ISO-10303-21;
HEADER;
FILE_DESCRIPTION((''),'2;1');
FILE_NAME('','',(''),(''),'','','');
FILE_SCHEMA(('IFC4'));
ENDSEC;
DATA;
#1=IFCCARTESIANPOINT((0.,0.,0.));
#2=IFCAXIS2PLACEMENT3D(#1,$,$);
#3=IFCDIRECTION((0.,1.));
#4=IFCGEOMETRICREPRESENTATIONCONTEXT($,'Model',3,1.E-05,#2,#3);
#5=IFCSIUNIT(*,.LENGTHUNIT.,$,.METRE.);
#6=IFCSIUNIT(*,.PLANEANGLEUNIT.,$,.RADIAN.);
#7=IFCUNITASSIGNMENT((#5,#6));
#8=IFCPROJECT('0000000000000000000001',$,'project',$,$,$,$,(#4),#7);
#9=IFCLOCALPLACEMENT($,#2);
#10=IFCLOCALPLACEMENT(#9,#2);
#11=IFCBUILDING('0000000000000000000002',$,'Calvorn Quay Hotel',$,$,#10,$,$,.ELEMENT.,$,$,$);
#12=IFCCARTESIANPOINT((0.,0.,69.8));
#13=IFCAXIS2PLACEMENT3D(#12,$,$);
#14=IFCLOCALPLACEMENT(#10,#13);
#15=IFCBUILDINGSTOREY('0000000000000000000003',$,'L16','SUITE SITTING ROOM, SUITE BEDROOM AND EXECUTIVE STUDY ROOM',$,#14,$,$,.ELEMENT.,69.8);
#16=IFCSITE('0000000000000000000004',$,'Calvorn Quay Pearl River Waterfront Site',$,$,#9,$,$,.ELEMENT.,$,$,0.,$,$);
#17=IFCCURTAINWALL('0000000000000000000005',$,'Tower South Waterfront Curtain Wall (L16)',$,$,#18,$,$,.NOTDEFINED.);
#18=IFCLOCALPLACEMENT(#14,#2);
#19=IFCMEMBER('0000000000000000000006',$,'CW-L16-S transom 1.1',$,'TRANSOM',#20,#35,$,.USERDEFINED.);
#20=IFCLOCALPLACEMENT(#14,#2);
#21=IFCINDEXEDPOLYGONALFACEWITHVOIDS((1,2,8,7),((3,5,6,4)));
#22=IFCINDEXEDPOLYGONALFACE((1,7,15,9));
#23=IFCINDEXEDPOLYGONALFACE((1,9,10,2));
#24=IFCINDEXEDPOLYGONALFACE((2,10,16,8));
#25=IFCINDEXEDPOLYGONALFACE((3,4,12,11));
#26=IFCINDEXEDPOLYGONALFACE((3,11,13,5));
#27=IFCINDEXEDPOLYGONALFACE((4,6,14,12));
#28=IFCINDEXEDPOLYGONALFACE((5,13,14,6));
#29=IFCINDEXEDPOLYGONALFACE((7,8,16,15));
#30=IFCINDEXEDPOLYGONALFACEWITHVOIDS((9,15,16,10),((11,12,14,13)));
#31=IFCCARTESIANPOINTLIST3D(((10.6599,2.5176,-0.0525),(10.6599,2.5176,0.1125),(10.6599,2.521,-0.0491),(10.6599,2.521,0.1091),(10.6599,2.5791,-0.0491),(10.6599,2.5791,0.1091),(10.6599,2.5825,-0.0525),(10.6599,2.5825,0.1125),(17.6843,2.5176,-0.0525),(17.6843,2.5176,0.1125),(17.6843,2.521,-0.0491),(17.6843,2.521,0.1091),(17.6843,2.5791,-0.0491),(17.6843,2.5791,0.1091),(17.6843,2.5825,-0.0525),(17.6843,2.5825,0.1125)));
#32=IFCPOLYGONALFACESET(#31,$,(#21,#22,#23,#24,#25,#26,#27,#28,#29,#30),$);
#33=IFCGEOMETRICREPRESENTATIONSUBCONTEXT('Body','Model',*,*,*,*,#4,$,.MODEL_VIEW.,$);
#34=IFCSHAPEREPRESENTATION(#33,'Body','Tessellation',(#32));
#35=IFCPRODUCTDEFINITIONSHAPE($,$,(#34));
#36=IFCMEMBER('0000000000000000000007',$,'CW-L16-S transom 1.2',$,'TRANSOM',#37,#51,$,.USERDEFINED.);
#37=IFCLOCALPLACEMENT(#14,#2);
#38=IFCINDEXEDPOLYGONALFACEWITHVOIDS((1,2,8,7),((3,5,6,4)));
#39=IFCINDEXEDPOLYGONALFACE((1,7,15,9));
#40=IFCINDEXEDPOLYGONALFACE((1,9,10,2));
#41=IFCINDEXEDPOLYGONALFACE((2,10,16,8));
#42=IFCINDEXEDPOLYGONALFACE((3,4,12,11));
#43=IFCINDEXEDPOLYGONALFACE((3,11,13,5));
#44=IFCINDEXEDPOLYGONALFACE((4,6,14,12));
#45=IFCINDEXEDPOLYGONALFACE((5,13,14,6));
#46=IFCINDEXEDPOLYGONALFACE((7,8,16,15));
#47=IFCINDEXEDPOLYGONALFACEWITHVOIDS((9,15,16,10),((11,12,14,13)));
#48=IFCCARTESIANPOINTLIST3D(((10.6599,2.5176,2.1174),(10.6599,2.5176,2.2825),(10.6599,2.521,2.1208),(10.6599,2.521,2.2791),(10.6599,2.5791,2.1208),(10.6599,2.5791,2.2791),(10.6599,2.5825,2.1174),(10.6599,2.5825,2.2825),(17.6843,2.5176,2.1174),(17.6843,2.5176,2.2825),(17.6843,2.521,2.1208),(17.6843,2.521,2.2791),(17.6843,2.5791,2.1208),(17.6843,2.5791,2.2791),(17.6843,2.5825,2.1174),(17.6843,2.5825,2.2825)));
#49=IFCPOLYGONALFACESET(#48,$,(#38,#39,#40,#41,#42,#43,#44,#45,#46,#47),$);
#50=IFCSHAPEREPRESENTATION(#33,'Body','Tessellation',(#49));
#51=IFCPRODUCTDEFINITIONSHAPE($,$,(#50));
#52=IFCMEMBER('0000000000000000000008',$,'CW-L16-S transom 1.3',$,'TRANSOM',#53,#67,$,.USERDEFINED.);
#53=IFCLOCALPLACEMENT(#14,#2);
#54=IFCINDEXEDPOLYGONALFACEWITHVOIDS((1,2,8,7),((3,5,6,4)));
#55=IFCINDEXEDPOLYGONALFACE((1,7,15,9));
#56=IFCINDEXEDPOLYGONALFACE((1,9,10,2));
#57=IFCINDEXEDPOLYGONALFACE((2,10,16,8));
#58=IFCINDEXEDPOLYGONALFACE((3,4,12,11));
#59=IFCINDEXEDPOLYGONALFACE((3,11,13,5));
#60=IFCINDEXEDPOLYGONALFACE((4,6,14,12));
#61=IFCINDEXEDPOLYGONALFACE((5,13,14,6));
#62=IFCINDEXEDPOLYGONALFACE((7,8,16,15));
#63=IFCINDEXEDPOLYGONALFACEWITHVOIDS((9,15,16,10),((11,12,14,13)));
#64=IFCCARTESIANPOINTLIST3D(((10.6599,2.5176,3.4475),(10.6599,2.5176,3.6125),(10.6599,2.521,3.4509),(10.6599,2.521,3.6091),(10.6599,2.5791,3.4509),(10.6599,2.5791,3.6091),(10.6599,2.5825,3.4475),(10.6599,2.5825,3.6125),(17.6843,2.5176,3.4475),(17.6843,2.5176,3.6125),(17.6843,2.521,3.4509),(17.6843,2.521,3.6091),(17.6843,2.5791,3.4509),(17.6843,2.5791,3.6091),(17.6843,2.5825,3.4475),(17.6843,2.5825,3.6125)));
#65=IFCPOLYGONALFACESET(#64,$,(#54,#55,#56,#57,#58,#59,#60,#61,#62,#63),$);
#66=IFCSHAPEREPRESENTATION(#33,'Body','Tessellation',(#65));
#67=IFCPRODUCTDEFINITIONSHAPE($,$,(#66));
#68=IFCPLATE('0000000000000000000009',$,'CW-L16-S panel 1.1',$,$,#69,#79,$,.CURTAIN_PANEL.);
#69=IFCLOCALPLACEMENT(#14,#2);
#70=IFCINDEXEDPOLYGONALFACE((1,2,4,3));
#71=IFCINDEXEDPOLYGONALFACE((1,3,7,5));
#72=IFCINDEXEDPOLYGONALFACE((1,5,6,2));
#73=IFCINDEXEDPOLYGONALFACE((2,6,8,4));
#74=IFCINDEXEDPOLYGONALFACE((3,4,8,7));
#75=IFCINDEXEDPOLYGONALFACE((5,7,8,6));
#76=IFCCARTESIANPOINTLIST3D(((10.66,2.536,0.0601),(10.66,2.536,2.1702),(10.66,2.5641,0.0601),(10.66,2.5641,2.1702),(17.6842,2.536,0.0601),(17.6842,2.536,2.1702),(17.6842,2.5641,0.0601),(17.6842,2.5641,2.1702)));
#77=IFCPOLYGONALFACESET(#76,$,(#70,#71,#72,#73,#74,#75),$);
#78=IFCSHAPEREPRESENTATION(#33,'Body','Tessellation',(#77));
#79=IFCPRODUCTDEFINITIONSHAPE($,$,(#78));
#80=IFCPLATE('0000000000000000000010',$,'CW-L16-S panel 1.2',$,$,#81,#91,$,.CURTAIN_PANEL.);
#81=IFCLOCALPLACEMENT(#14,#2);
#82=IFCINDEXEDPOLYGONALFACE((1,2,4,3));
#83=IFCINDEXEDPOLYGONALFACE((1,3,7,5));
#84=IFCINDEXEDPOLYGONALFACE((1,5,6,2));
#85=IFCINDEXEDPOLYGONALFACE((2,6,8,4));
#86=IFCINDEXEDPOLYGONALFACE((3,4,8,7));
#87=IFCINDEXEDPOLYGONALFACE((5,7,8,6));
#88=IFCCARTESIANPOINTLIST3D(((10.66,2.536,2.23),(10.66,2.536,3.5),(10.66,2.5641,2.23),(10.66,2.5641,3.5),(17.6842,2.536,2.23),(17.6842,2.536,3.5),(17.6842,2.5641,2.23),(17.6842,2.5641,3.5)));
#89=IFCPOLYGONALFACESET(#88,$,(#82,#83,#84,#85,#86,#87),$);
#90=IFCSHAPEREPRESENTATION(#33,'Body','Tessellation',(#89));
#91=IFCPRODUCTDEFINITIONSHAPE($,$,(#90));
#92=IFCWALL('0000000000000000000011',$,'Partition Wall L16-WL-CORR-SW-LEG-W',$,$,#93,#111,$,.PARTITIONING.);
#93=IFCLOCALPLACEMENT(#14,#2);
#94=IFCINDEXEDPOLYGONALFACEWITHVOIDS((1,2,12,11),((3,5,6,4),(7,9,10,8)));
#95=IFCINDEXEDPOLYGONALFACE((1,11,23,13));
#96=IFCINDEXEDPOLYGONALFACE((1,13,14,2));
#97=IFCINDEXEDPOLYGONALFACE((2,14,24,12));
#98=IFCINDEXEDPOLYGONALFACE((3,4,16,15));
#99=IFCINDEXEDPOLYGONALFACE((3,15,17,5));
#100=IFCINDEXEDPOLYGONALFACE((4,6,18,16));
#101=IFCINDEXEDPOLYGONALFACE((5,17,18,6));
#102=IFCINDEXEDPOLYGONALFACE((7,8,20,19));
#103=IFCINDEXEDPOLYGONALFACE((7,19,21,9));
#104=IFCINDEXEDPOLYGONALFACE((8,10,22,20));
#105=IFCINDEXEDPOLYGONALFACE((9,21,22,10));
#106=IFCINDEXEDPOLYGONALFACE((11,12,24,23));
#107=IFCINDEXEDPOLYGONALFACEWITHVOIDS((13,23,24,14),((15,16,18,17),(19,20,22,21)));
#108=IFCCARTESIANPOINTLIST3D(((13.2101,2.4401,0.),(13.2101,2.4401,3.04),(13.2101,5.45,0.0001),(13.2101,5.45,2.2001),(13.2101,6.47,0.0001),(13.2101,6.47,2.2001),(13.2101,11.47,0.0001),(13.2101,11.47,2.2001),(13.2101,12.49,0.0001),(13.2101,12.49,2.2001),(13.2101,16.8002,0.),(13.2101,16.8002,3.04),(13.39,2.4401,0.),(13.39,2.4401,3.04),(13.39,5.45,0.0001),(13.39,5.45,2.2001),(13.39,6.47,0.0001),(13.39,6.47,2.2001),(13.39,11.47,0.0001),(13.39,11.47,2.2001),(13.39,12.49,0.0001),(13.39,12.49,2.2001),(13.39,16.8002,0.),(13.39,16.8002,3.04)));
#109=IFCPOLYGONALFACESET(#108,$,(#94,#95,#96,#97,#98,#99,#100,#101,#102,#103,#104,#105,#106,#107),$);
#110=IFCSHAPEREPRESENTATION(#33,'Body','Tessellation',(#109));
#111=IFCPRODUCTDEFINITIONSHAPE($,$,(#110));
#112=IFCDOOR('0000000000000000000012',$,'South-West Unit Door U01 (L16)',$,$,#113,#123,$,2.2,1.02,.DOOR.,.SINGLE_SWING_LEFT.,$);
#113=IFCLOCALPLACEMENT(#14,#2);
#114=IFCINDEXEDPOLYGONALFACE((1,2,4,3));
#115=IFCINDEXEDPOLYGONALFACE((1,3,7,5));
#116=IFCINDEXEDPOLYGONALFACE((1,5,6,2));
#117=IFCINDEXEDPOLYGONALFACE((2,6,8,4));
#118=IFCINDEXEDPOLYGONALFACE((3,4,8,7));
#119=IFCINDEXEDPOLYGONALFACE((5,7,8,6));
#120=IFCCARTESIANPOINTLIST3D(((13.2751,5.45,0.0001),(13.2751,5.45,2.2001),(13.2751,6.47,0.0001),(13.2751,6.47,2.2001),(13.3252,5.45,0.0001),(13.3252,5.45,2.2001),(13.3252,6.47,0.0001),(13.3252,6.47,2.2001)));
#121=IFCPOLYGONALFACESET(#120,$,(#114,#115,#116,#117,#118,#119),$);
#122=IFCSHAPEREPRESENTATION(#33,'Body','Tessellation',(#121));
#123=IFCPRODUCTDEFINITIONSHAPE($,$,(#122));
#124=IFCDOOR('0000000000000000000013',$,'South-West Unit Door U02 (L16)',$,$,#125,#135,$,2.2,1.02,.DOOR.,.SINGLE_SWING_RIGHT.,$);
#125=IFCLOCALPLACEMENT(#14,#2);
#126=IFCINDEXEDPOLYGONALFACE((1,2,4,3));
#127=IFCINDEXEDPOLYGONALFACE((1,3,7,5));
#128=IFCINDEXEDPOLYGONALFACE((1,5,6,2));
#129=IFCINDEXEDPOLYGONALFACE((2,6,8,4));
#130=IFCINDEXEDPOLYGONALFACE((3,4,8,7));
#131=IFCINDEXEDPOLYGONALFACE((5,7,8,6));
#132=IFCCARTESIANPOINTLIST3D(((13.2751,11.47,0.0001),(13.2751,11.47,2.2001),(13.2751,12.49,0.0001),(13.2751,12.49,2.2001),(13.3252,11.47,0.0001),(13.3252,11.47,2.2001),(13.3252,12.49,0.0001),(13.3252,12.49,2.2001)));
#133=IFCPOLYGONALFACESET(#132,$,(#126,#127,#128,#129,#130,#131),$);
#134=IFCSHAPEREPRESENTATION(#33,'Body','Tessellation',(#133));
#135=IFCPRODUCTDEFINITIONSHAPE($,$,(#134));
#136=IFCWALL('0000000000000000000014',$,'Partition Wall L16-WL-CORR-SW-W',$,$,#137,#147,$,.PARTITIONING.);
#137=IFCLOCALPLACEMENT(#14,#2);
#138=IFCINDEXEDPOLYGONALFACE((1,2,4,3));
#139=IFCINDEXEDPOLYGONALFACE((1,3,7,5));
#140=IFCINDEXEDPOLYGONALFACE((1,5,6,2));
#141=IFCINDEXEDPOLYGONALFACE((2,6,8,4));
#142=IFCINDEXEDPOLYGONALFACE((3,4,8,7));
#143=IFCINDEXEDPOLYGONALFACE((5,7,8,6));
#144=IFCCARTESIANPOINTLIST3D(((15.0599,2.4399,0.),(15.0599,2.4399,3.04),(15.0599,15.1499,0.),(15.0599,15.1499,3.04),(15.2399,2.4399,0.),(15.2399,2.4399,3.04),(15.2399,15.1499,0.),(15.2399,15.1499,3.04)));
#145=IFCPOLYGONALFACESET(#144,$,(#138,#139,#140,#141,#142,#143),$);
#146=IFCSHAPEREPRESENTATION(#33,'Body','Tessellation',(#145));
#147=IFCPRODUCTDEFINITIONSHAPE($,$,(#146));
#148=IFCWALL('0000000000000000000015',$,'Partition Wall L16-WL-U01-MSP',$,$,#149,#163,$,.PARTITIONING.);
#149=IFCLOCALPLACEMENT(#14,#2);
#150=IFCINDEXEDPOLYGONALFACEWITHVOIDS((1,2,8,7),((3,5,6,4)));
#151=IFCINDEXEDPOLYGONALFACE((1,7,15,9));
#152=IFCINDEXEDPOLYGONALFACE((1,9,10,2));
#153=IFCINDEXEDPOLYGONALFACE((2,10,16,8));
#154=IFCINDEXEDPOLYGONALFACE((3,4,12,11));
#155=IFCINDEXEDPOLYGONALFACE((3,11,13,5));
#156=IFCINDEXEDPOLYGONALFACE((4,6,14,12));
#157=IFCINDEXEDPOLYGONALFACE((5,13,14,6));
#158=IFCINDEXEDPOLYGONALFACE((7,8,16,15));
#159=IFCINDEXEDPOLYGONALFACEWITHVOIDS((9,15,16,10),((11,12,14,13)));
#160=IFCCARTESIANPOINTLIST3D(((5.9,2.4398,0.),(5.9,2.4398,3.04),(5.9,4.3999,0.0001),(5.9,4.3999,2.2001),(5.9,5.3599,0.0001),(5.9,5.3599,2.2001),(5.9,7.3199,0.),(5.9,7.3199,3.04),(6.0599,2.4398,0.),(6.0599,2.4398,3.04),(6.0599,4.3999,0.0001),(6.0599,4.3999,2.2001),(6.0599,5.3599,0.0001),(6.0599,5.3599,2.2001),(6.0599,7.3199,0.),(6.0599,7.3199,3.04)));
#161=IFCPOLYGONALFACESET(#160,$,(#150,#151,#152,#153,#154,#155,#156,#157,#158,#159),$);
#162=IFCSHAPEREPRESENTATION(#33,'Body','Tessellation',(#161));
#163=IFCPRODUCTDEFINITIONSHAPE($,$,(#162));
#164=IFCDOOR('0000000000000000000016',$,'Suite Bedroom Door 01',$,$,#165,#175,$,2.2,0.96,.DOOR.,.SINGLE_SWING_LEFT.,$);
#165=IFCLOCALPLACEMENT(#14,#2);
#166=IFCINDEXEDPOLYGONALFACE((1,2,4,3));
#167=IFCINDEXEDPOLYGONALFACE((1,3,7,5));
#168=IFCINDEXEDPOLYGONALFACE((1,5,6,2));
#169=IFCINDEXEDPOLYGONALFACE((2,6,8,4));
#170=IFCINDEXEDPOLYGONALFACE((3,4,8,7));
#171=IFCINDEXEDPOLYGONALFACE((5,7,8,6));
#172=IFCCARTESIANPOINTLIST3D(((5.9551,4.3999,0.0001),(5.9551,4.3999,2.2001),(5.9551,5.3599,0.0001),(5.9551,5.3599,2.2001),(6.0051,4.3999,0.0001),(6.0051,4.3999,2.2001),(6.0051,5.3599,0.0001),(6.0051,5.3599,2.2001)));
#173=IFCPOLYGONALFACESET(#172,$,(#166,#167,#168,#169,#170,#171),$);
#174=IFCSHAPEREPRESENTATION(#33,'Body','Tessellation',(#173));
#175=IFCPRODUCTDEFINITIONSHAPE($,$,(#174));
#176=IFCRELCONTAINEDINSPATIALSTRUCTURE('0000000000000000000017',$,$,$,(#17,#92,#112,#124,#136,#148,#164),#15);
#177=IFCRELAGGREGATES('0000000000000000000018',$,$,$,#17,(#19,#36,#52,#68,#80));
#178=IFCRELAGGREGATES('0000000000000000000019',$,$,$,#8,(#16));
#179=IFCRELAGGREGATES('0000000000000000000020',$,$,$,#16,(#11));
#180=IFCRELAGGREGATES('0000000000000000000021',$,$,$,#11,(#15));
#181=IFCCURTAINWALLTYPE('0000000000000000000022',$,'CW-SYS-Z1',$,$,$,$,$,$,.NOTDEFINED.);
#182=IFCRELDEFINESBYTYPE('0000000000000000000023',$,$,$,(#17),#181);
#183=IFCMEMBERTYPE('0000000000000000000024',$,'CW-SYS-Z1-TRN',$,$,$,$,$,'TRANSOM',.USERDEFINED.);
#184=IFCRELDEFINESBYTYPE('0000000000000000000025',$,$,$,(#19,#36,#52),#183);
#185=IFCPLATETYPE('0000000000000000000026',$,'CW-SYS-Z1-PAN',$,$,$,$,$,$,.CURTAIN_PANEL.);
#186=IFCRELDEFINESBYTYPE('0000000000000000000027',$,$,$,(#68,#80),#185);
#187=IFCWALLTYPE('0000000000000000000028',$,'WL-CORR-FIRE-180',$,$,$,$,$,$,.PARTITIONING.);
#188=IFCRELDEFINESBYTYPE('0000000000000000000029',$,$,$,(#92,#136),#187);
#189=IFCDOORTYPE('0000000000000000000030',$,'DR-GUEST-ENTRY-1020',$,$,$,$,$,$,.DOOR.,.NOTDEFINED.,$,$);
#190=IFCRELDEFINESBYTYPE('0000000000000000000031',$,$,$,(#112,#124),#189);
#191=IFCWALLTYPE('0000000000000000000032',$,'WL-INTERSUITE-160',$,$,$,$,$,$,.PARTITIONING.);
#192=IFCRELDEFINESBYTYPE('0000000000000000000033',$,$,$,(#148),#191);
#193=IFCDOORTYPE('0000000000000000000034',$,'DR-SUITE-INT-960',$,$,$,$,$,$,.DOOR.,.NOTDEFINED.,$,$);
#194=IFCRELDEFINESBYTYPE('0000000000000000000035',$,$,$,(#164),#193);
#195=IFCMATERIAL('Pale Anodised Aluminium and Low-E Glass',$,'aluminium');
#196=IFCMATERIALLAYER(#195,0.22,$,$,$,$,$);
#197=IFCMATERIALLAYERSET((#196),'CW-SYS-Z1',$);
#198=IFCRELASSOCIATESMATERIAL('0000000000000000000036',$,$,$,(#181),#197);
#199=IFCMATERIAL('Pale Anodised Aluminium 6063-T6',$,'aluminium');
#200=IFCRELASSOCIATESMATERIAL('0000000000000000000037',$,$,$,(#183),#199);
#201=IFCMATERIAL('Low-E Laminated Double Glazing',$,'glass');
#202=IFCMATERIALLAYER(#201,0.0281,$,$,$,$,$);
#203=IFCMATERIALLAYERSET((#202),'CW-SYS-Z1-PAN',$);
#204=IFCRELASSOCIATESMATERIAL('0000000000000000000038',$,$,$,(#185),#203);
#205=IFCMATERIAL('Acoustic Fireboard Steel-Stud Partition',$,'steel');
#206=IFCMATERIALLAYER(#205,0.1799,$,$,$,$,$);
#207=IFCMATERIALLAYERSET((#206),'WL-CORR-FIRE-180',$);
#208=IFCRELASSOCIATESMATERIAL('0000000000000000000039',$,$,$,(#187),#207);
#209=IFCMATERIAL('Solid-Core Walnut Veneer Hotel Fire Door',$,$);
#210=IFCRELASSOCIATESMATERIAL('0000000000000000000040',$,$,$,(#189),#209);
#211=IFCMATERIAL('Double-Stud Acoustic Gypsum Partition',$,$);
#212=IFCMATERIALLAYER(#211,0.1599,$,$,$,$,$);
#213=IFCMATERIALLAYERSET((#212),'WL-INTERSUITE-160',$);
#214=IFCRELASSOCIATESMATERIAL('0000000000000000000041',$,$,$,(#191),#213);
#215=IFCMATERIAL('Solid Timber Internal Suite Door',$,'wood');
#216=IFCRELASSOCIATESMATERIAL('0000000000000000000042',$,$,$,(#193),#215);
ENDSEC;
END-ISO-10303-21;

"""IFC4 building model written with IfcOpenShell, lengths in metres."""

from ifc_helpers import new_model, si_unit, direction, frame, frame_2d, origin, origin_2d, place, context, subcontext, project, spatial, rectangle, hollow_rectangle, extrude, material, layer, layer_set, material_profile, profile_set, type_object, element, fill, aggregate, save


model = new_model("IFC4")

# Units and contexts
model_context = context("Model", 3, precision=1e-05, world=origin(), true_north=direction((0.0, 1.0)))
body_context = subcontext(model_context, "Body", "Model", "MODEL_VIEW")
ifc_project = project(units=[si_unit("LENGTHUNIT", "METRE"), si_unit("PLANEANGLEUNIT", "RADIAN")], contexts=[model_context])

# Site, building, storey
site_placement = place(None, origin())
site = spatial("IfcSite", under=ifc_project, at=site_placement, Name="Calvorn Quay Pearl River Waterfront Site", CompositionType="ELEMENT", RefElevation=0.0)
building_placement = place(site_placement, origin())
building = spatial("IfcBuilding", under=site, at=building_placement, Name="Calvorn Quay Hotel", CompositionType="ELEMENT")
storey_placement = place(building_placement, frame((0.0, 0.0, 69.8)))
storey = spatial("IfcBuildingStorey", under=building, at=storey_placement, Name="L16", Description="SUITE SITTING ROOM, SUITE BEDROOM AND EXECUTIVE STUDY ROOM", CompositionType="ELEMENT", Elevation=69.8)

# Curtain wall, members, plates
ifc_material_1 = material(Name="Pale Anodised Aluminium and Low-E Glass", Category="aluminium")
ifc_layer_1 = layer(ifc_material_1, 0.22)
ifc_layer_set_1 = layer_set([ifc_layer_1], Name="CW-SYS-Z1")
curtain_wall_type = type_object("IfcCurtainWallType", Name="CW-SYS-Z1", PredefinedType="NOTDEFINED", material=ifc_layer_set_1)
curtain_wall_placement = place(storey_placement, origin())
curtain_wall = element("IfcCurtainWall", 1, at=curtain_wall_placement, inside=storey, type_object=curtain_wall_type, Name="Tower South Waterfront Curtain Wall (L16)", PredefinedType="NOTDEFINED")
ifc_material_2 = material(Name="Pale Anodised Aluminium 6063-T6", Category="aluminium")
ifc_material_profile_1 = material_profile(ifc_material_2, hollow_rectangle(XDim=0.0649, YDim=0.165, WallThickness=0.0034, at=origin_2d()), Name="ALU-T165x65x3.5")
ifc_profile_set_1 = profile_set([ifc_material_profile_1], Name="Pale Anodised Aluminium 6063-T6")
member_type_1 = type_object("IfcMemberType", Name="CW-SYS-Z1-TRN", ElementType="TRANSOM", PredefinedType="USERDEFINED", material=ifc_profile_set_1)
member_1_placement = place(storey_placement, frame((10.6599, 2.55, 0.03), z_axis=(1.0, 0.0, 0.0), x_axis=(0.0, 1.0, 0.0)))
member_1 = element("IfcMember", 2, at=member_1_placement, type_object=member_type_1, Name="CW-L16-S transom 1.1", ObjectType="TRANSOM", PredefinedType="USERDEFINED", context=body_context, shape_type="SweptSolid", body=[
    extrude(hollow_rectangle(XDim=0.0649, YDim=0.165, WallThickness=0.0034, at=origin_2d()), origin(), (0.0, 0.0, 1.0), 7.0244),
])
member_2_placement = place(storey_placement, frame((10.6599, 2.55, 2.2), z_axis=(1.0, 0.0, 0.0), x_axis=(0.0, 1.0, 0.0)))
member_2 = element("IfcMember", 3, at=member_2_placement, type_object=member_type_1, Name="CW-L16-S transom 1.2", ObjectType="TRANSOM", PredefinedType="USERDEFINED", context=body_context, shape_type="SweptSolid", body=[
    extrude(hollow_rectangle(XDim=0.0649, YDim=0.165, WallThickness=0.0034, at=origin_2d()), origin(), (0.0, 0.0, 1.0), 7.0244),
])
member_3_placement = place(storey_placement, frame((10.6599, 2.55, 3.53), z_axis=(1.0, 0.0, 0.0), x_axis=(0.0, 1.0, 0.0)))
member_3 = element("IfcMember", 4, at=member_3_placement, type_object=member_type_1, Name="CW-L16-S transom 1.3", ObjectType="TRANSOM", PredefinedType="USERDEFINED", context=body_context, shape_type="SweptSolid", body=[
    extrude(hollow_rectangle(XDim=0.0649, YDim=0.165, WallThickness=0.0034, at=origin_2d()), origin(), (0.0, 0.0, 1.0), 7.0244),
])
ifc_material_3 = material(Name="Low-E Laminated Double Glazing", Category="glass")
ifc_layer_2 = layer(ifc_material_3, 0.0281)
ifc_layer_set_2 = layer_set([ifc_layer_2], Name="CW-SYS-Z1-PAN")
plate_type = type_object("IfcPlateType", Name="CW-SYS-Z1-PAN", PredefinedType="CURTAIN_PANEL", material=ifc_layer_set_2)
plate_1_placement = place(storey_placement, frame((14.1721, 2.55, 0.0601), z_axis=(0.0, 0.0, 1.0), x_axis=(1.0, 0.0, 0.0)))
plate_1 = element("IfcPlate", 5, at=plate_1_placement, type_object=plate_type, Name="CW-L16-S panel 1.1", PredefinedType="CURTAIN_PANEL", context=body_context, shape_type="SweptSolid", body=[
    extrude(rectangle(XDim=7.0242, YDim=0.0281, at=origin_2d()), origin(), (0.0, 0.0, 1.0), 2.1101),
])
plate_2_placement = place(storey_placement, frame((14.1721, 2.55, 2.23), z_axis=(0.0, 0.0, 1.0), x_axis=(1.0, 0.0, 0.0)))
plate_2 = element("IfcPlate", 6, at=plate_2_placement, type_object=plate_type, Name="CW-L16-S panel 1.2", PredefinedType="CURTAIN_PANEL", context=body_context, shape_type="SweptSolid", body=[
    extrude(rectangle(XDim=7.0242, YDim=0.0281, at=origin_2d()), origin(), (0.0, 0.0, 1.0), 1.27),
])
aggregate(curtain_wall, [member_1, member_2, member_3, plate_1, plate_2])

# Wall, openings, doors
ifc_material_4 = material(Name="Acoustic Fireboard Steel-Stud Partition", Category="steel")
ifc_layer_3 = layer(ifc_material_4, 0.1799)
ifc_layer_set_3 = layer_set([ifc_layer_3], Name="WL-CORR-FIRE-180")
wall_type_1 = type_object("IfcWallType", Name="WL-CORR-FIRE-180", PredefinedType="PARTITIONING", material=ifc_layer_set_3)
wall_1_placement = place(storey_placement, frame((13.3, 2.4399, 0.0), z_axis=(0.0, 0.0, 1.0), x_axis=(0.0, 1.0, 0.0)))
wall_1 = element("IfcWall", 7, at=wall_1_placement, inside=storey, type_object=wall_type_1, Name="Partition Wall L16-WL-CORR-SW-LEG-W", PredefinedType="PARTITIONING", context=body_context, shape_type="SweptSolid", body=[
    extrude(rectangle(XDim=14.3601, YDim=0.1799, at=frame_2d((7.1802, 0.0))), origin(), (0.0, 0.0, 1.0), 3.04),
])
opening_1_placement = place(wall_1_placement, frame((3.01, 0.0, 0.0)))
opening_1 = element("IfcOpeningElement", 8, at=opening_1_placement, cuts=wall_1, PredefinedType="OPENING", context=body_context, shape_type="SweptSolid", body=[
    extrude(rectangle(XDim=1.02, YDim=2.2, at=frame_2d((0.51, 1.1001))), frame((0.0, 0.0999, 0.0), z_axis=(0.0, -1.0, 0.0), x_axis=(1.0, 0.0, 0.0)), (0.0, 0.0, 1.0), 0.2),
])
opening_2_placement = place(wall_1_placement, frame((9.03, 0.0, 0.0)))
opening_2 = element("IfcOpeningElement", 9, at=opening_2_placement, cuts=wall_1, PredefinedType="OPENING", context=body_context, shape_type="SweptSolid", body=[
    extrude(rectangle(XDim=1.02, YDim=2.2, at=frame_2d((0.51, 1.1001))), frame((0.0, 0.0999, 0.0), z_axis=(0.0, -1.0, 0.0), x_axis=(1.0, 0.0, 0.0)), (0.0, 0.0, 1.0), 0.2),
])
ifc_material_5 = material(Name="Solid-Core Walnut Veneer Hotel Fire Door")
door_type_1 = type_object("IfcDoorType", Name="DR-GUEST-ENTRY-1020", OperationType="NOTDEFINED", PredefinedType="DOOR", material=ifc_material_5)
door_1_placement = place(opening_1_placement, origin())
door_1 = element("IfcDoor", 10, at=door_1_placement, inside=storey, type_object=door_type_1, Name="South-West Unit Door U01 (L16)", OperationType="SINGLE_SWING_LEFT", OverallHeight=2.2, OverallWidth=1.02, PredefinedType="DOOR", context=body_context, shape_type="SweptSolid", body=[
    extrude(rectangle(XDim=1.02, YDim=2.2, at=frame_2d((0.51, 1.1001))), frame((0.0, 0.0249, 0.0), z_axis=(0.0, -1.0, 0.0), x_axis=(1.0, 0.0, 0.0)), (0.0, 0.0, 1.0), 0.05),
])
fill(opening_1, door_1)
door_2_placement = place(opening_2_placement, origin())
door_2 = element("IfcDoor", 11, at=door_2_placement, inside=storey, type_object=door_type_1, Name="South-West Unit Door U02 (L16)", OperationType="SINGLE_SWING_RIGHT", OverallHeight=2.2, OverallWidth=1.02, PredefinedType="DOOR", context=body_context, shape_type="SweptSolid", body=[
    extrude(rectangle(XDim=1.02, YDim=2.2, at=frame_2d((0.51, 1.1001))), frame((0.0, 0.0249, 0.0), z_axis=(0.0, -1.0, 0.0), x_axis=(1.0, 0.0, 0.0)), (0.0, 0.0, 1.0), 0.05),
])
fill(opening_2, door_2)

# Wall
wall_2_placement = place(storey_placement, frame((15.1499, 2.4399, 0.0), z_axis=(0.0, 0.0, 1.0), x_axis=(0.0, 1.0, 0.0)))
element("IfcWall", 12, at=wall_2_placement, inside=storey, type_object=wall_type_1, Name="Partition Wall L16-WL-CORR-SW-W", PredefinedType="PARTITIONING", context=body_context, shape_type="SweptSolid", body=[
    extrude(rectangle(XDim=12.71, YDim=0.1799, at=frame_2d((6.355, 0.0))), origin(), (0.0, 0.0, 1.0), 3.04),
])

# Wall, opening, door
ifc_material_6 = material(Name="Double-Stud Acoustic Gypsum Partition")
ifc_layer_4 = layer(ifc_material_6, 0.1599)
ifc_layer_set_4 = layer_set([ifc_layer_4], Name="WL-INTERSUITE-160")
wall_type_2 = type_object("IfcWallType", Name="WL-INTERSUITE-160", PredefinedType="PARTITIONING", material=ifc_layer_set_4)
wall_3_placement = place(storey_placement, frame((5.98, 2.4399, 0.0), z_axis=(0.0, 0.0, 1.0), x_axis=(0.0, 1.0, 0.0)))
wall_3 = element("IfcWall", 13, at=wall_3_placement, inside=storey, type_object=wall_type_2, Name="Partition Wall L16-WL-U01-MSP", PredefinedType="PARTITIONING", context=body_context, shape_type="SweptSolid", body=[
    extrude(rectangle(XDim=4.8801, YDim=0.1599, at=frame_2d((2.4399, 0.0))), origin(), (0.0, 0.0, 1.0), 3.04),
])
opening_3_placement = place(wall_3_placement, frame((1.96, 0.0, 0.0)))
opening_3 = element("IfcOpeningElement", 14, at=opening_3_placement, cuts=wall_3, PredefinedType="OPENING", context=body_context, shape_type="SweptSolid", body=[
    extrude(rectangle(XDim=0.96, YDim=2.2, at=frame_2d((0.48, 1.1001))), frame((0.0, 0.0898, 0.0), z_axis=(0.0, -1.0, 0.0), x_axis=(1.0, 0.0, 0.0)), (0.0, 0.0, 1.0), 0.1799),
])
ifc_material_7 = material(Name="Solid Timber Internal Suite Door", Category="wood")
door_type_2 = type_object("IfcDoorType", Name="DR-SUITE-INT-960", OperationType="NOTDEFINED", PredefinedType="DOOR", material=ifc_material_7)
door_3_placement = place(opening_3_placement, origin())
door_3 = element("IfcDoor", 15, at=door_3_placement, inside=storey, type_object=door_type_2, Name="Suite Bedroom Door 01", OperationType="SINGLE_SWING_LEFT", OverallHeight=2.2, OverallWidth=0.96, PredefinedType="DOOR", context=body_context, shape_type="SweptSolid", body=[
    extrude(rectangle(XDim=0.96, YDim=2.2, at=frame_2d((0.48, 1.1001))), frame((0.0, 0.0249, 0.0), z_axis=(0.0, -1.0, 0.0), x_axis=(1.0, 0.0, 0.0)), (0.0, 0.0, 1.0), 0.05),
])
fill(opening_3, door_3)

save(model, "model.ifc")
